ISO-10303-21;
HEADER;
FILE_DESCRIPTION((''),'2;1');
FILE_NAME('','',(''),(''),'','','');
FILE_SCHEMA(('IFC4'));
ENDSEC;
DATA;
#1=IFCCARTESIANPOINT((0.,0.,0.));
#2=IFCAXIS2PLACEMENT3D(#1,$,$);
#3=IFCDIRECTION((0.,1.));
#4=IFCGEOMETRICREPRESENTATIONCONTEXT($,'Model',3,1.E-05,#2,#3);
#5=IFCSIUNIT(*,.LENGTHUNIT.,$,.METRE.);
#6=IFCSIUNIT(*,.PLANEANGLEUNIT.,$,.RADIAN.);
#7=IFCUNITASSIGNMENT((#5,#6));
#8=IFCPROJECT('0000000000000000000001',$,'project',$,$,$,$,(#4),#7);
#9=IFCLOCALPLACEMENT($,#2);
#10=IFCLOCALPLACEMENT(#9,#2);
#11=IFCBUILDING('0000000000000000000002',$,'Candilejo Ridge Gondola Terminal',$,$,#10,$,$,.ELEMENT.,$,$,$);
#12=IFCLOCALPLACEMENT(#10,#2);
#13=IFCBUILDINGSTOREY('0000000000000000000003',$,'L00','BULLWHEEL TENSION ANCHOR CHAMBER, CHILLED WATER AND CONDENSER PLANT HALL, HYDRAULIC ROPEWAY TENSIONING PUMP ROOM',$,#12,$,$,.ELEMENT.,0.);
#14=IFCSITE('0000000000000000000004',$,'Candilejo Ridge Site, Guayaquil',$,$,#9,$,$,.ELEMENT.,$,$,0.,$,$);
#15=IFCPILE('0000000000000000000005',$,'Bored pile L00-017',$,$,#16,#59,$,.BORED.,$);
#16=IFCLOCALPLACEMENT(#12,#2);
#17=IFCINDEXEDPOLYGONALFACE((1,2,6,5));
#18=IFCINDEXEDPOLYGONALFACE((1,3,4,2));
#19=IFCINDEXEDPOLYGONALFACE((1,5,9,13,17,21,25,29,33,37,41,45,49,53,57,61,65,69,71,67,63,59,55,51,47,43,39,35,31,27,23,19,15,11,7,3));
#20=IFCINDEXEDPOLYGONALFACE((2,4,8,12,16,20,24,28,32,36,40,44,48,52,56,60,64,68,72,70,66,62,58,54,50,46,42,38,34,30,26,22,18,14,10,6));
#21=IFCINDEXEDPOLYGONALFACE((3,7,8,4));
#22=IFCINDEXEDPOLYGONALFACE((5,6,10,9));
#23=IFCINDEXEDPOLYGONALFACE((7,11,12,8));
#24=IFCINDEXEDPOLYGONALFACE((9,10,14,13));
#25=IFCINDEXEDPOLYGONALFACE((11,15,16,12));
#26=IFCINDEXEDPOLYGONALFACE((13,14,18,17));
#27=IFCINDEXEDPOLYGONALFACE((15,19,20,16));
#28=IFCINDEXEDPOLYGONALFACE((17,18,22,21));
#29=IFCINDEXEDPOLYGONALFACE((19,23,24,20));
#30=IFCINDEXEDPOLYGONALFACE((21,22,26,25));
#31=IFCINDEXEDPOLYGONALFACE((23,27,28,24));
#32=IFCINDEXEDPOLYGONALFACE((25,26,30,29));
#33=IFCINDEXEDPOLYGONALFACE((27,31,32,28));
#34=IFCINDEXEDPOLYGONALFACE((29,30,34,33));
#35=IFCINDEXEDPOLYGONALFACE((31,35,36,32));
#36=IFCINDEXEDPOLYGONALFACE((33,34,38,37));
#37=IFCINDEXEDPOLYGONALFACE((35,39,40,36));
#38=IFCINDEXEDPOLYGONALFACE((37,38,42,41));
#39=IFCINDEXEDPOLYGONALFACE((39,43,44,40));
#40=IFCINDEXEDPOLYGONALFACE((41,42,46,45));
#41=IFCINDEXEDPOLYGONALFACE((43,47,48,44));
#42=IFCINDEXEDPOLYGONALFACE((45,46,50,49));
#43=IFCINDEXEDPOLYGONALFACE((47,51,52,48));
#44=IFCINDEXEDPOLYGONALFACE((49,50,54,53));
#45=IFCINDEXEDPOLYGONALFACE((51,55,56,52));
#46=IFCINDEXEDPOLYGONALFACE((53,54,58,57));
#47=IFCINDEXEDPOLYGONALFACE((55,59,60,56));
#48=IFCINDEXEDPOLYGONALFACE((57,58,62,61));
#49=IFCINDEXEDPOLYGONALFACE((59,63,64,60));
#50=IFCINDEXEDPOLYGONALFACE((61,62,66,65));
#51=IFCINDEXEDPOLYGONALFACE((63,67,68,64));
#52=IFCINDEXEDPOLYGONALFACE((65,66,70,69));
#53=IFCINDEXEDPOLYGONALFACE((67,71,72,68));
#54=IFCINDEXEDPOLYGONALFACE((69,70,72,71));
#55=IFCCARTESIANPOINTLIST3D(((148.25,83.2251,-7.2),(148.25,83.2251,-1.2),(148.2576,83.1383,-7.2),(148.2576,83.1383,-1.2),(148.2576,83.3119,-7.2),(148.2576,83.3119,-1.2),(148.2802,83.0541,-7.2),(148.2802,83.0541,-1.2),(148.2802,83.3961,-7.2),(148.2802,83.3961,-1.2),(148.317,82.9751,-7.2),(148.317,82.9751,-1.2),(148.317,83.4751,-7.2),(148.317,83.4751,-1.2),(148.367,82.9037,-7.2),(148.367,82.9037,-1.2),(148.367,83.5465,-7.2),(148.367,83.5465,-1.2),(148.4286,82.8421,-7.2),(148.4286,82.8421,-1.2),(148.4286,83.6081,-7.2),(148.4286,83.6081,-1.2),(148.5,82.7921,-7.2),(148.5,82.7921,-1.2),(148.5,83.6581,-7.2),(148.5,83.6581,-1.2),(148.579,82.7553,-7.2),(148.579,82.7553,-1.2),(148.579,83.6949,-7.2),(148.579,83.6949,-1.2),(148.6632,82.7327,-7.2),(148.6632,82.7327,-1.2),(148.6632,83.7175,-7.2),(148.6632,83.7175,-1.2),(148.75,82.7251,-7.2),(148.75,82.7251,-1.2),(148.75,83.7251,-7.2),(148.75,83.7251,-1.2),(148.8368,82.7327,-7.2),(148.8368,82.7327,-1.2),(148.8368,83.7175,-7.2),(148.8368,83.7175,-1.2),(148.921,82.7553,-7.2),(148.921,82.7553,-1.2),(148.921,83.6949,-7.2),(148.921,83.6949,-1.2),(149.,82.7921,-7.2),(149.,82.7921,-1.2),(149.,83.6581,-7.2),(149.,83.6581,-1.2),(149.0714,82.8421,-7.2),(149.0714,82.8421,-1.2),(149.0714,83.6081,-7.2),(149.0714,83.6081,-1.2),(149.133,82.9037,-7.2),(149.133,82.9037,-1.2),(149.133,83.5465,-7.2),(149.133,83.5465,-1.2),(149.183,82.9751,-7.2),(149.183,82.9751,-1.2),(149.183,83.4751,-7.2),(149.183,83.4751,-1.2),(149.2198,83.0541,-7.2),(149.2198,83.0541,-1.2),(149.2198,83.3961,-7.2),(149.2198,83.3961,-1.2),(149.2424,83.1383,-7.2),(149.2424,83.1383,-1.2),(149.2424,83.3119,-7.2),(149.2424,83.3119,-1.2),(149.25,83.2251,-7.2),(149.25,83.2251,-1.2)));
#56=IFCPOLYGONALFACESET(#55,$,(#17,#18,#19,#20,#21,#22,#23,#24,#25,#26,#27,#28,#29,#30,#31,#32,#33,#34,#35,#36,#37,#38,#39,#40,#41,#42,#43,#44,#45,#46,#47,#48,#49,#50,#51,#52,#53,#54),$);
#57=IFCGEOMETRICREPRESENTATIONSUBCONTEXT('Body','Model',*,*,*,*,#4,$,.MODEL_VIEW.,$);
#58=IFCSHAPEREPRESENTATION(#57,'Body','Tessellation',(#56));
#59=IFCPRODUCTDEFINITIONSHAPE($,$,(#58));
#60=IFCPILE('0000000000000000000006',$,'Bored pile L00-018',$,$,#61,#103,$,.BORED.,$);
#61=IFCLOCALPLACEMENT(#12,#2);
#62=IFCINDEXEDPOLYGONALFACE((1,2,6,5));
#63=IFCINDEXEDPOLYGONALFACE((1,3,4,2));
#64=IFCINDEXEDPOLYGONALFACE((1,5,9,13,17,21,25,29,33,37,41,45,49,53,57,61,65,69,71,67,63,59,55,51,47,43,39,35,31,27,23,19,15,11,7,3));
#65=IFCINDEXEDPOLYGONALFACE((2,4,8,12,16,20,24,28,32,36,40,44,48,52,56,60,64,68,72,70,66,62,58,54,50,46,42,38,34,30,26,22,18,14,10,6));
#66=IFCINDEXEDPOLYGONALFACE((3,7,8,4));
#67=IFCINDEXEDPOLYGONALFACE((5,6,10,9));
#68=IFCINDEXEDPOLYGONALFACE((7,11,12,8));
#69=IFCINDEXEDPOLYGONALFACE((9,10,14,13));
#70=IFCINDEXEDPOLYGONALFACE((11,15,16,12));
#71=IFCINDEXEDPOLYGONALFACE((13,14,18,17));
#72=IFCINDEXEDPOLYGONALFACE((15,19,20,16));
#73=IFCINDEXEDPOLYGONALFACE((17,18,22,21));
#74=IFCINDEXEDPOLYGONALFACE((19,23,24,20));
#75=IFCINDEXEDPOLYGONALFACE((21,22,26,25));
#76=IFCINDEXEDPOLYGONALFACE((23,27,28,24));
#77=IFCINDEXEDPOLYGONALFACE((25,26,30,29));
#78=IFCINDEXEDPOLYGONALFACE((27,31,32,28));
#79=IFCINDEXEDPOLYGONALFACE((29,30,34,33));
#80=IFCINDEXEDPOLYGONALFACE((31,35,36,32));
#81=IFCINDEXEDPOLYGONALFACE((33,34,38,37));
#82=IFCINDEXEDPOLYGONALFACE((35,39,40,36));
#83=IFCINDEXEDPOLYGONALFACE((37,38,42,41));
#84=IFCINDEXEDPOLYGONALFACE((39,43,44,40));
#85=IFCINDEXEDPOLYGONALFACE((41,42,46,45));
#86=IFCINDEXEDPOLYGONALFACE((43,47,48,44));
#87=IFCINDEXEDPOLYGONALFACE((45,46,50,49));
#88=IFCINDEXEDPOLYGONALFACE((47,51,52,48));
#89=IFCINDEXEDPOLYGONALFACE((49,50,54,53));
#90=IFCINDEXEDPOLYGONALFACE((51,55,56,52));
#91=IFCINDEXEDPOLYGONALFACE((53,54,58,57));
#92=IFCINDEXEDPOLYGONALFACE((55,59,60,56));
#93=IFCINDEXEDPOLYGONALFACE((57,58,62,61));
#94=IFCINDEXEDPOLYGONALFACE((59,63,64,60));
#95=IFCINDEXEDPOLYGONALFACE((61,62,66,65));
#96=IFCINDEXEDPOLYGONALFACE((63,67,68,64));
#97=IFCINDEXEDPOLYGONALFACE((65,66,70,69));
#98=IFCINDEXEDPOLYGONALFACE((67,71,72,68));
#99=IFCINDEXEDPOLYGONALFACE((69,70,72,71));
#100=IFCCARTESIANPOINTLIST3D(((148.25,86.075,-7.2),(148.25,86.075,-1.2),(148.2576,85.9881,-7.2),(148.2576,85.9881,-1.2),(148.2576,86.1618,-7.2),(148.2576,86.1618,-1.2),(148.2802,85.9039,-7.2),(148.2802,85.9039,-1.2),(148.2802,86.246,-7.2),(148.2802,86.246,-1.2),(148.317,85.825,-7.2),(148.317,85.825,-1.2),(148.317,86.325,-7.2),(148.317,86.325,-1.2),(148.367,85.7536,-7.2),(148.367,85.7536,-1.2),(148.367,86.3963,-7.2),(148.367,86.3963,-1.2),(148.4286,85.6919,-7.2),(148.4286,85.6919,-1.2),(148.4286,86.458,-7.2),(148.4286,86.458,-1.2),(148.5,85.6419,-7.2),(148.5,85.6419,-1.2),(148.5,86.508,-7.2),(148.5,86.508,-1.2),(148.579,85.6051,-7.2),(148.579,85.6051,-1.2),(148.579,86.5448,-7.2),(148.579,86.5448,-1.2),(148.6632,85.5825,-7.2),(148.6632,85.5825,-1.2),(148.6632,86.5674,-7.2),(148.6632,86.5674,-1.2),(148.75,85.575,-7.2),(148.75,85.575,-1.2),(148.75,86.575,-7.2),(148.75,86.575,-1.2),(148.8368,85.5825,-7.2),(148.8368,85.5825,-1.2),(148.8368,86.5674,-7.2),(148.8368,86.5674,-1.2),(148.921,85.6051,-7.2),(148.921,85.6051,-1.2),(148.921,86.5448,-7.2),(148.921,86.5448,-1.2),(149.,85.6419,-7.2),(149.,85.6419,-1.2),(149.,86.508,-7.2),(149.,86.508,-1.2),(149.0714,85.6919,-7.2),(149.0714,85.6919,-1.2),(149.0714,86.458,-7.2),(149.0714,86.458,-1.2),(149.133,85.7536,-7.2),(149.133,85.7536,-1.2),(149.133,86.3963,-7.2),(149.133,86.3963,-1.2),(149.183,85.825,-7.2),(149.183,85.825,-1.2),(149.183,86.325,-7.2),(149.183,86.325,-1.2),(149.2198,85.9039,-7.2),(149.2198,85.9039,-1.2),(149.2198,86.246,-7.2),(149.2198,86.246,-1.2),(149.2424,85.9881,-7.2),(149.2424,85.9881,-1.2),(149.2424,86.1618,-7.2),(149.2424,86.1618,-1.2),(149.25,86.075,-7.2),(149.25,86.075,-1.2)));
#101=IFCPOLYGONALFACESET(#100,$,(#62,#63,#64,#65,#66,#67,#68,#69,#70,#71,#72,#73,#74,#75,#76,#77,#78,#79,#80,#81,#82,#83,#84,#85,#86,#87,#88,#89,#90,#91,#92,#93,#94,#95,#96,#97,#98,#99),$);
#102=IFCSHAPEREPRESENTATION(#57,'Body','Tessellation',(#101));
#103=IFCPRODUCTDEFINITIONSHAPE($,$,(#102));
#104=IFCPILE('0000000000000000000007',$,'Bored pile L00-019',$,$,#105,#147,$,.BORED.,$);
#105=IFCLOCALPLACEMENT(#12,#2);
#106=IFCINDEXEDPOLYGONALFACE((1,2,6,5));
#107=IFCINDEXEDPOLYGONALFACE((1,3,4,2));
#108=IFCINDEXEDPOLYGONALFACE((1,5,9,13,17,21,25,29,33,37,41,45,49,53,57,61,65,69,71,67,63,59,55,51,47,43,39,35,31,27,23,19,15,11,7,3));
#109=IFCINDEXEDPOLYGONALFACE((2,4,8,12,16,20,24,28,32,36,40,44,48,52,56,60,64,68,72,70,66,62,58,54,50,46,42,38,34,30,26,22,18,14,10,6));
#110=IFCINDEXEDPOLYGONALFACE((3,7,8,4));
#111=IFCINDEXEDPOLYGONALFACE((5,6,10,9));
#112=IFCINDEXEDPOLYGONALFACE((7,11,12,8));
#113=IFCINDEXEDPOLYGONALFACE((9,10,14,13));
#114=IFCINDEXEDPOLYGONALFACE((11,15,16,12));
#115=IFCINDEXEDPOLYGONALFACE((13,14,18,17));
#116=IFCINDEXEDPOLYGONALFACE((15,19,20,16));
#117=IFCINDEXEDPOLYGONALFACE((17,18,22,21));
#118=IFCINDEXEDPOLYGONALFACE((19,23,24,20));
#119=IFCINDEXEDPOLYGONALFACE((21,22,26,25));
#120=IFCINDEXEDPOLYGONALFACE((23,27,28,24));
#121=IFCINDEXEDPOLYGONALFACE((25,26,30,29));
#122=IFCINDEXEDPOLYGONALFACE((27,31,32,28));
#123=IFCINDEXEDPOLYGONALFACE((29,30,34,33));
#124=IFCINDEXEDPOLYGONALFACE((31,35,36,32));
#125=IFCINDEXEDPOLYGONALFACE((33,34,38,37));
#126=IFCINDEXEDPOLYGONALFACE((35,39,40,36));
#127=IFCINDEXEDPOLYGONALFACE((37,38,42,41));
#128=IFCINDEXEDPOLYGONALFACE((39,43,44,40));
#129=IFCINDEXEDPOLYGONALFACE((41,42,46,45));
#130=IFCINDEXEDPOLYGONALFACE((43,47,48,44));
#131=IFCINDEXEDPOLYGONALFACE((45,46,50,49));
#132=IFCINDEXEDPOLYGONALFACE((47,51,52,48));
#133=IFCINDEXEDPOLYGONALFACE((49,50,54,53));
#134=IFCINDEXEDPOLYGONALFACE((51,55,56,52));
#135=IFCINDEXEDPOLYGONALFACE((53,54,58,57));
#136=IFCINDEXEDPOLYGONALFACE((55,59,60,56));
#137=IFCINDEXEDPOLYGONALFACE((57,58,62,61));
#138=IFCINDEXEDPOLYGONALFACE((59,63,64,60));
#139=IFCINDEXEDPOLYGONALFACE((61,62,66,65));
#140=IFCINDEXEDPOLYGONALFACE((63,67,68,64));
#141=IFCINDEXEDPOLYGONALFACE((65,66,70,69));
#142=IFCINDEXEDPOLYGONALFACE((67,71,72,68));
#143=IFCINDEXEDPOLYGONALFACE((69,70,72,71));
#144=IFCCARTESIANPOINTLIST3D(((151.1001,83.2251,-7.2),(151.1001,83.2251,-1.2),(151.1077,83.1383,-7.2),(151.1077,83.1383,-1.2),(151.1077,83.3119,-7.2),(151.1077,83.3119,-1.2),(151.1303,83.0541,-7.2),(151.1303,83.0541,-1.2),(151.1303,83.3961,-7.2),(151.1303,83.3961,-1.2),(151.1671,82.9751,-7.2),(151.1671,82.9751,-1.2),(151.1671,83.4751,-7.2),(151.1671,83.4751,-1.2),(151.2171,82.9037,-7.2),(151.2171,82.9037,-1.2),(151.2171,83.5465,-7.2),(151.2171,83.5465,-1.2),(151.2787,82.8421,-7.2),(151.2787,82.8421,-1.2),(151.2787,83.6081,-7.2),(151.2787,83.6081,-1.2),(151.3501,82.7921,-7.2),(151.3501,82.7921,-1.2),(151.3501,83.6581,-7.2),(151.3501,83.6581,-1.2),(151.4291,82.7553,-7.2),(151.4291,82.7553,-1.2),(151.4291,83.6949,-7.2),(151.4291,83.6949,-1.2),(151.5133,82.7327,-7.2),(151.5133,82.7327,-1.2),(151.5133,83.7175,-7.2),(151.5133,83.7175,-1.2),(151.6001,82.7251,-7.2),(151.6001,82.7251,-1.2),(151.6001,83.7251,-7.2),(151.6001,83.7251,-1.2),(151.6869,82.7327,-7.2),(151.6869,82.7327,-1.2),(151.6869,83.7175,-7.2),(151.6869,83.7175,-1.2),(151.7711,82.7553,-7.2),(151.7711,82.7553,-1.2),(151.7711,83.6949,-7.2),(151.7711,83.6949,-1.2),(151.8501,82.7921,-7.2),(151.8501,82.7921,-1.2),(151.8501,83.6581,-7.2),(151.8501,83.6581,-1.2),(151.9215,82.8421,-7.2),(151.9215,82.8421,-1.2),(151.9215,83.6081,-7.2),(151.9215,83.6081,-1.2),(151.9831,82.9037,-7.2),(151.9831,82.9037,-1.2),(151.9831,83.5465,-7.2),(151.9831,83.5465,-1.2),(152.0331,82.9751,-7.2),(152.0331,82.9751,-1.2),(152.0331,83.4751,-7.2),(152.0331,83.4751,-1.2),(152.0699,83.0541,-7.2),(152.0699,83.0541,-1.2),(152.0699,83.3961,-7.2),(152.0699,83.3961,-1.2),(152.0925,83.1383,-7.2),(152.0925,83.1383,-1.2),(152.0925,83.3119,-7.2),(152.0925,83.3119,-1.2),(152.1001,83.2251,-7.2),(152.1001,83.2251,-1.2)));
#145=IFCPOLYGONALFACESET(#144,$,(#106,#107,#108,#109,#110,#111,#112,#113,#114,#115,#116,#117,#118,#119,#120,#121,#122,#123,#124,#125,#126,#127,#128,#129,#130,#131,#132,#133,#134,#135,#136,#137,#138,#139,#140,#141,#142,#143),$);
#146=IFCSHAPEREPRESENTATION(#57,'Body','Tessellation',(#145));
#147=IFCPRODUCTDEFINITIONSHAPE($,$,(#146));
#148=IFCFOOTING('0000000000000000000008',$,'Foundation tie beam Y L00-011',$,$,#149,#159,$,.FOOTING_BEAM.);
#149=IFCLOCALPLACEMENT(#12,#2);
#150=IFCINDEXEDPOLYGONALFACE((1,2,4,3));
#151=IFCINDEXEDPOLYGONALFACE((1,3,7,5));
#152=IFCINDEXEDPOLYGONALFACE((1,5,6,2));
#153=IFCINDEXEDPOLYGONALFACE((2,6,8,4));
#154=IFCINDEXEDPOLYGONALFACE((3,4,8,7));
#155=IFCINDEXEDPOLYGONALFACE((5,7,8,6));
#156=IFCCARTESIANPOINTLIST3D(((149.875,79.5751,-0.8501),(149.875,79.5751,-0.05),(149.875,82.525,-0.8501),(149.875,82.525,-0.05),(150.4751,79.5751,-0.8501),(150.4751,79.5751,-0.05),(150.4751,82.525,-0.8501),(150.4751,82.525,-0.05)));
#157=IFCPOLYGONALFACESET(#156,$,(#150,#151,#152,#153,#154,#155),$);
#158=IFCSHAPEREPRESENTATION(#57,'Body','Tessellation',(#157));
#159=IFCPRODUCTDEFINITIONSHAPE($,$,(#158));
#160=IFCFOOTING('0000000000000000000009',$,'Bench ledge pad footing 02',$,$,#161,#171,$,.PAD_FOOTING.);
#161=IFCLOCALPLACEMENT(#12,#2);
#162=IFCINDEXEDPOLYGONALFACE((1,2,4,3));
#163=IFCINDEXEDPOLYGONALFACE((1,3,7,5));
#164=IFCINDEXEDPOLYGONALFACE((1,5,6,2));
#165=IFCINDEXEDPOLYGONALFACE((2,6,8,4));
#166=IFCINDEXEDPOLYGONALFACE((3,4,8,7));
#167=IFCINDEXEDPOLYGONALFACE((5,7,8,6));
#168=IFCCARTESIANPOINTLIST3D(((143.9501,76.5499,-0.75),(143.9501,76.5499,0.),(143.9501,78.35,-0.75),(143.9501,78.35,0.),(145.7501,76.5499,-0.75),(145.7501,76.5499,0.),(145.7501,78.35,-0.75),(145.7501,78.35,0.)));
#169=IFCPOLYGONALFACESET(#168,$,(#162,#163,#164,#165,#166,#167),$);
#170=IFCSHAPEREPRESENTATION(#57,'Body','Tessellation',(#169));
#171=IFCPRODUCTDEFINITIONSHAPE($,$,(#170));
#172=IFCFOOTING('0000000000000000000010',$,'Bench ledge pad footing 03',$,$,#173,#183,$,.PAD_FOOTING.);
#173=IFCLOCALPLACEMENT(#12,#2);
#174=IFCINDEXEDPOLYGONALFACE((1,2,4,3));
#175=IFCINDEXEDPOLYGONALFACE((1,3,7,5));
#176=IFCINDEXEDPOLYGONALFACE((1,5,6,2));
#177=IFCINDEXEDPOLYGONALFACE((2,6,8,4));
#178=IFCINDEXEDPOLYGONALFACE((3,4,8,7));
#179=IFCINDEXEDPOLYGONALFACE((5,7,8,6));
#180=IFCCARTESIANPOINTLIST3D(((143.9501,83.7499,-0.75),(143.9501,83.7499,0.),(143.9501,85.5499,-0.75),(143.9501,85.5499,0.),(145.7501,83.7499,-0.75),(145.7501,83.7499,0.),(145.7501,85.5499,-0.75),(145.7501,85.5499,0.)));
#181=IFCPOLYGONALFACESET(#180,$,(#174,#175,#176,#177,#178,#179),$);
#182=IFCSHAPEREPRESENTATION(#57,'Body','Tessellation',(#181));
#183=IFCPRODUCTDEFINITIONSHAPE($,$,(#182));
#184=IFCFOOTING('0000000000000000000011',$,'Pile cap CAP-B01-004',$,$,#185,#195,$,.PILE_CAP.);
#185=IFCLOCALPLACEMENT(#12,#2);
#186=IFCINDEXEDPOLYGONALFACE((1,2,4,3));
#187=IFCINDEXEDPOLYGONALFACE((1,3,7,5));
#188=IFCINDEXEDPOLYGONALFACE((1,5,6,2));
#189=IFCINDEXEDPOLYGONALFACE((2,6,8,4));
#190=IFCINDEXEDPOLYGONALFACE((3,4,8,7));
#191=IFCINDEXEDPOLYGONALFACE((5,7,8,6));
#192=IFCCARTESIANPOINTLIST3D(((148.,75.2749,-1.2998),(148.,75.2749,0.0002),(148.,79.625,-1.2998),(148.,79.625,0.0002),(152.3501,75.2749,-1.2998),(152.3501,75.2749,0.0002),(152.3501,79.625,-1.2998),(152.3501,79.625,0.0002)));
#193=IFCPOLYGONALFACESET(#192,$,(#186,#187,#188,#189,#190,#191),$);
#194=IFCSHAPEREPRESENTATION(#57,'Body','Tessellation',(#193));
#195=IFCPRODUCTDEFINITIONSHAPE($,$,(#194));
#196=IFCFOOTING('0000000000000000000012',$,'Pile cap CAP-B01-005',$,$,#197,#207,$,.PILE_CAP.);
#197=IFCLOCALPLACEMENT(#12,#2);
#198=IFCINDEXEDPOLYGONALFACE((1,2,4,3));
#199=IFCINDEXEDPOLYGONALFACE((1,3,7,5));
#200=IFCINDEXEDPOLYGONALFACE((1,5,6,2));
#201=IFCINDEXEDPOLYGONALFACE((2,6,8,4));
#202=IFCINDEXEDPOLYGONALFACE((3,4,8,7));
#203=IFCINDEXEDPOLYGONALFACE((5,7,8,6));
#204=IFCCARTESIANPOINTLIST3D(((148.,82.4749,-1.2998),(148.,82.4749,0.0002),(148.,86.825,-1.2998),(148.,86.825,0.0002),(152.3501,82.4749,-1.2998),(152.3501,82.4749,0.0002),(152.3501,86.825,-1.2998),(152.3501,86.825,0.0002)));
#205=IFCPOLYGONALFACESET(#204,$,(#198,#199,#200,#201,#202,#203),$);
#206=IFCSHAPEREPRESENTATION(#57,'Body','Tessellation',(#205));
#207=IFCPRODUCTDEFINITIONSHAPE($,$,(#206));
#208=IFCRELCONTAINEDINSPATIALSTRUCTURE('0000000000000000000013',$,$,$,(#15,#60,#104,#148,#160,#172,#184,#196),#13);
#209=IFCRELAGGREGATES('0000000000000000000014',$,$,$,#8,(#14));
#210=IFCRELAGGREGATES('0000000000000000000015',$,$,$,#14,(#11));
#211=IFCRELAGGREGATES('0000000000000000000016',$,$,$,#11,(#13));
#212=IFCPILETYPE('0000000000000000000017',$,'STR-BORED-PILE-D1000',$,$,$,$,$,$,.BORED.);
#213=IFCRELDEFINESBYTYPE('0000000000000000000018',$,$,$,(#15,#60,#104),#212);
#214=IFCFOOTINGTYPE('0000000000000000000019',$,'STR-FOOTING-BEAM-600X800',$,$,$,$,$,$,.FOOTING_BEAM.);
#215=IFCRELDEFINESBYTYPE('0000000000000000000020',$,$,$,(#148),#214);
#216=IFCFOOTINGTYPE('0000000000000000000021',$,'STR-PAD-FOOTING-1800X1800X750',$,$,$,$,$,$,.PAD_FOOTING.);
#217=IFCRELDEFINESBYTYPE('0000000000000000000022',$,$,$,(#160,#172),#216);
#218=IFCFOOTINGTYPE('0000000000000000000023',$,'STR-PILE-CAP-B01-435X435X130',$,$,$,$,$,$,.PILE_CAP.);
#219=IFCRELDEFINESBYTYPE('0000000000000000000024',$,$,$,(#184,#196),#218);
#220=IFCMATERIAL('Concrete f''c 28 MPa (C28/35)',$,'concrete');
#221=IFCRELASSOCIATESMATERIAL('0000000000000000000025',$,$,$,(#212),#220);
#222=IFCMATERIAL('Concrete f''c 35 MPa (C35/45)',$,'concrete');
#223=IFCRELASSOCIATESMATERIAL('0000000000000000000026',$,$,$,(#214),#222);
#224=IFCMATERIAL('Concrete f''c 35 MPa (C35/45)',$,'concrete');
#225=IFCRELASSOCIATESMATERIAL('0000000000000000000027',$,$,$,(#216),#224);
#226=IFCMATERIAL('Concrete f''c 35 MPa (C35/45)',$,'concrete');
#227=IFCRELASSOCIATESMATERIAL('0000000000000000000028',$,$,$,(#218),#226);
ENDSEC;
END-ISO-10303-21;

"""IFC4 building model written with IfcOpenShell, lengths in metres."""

from ifc_helpers import new_model, si_unit, direction, frame, origin, origin_2d, place, context, subcontext, project, spatial, rectangle, circle, extrude, material, material_profile, profile_set, type_object, element, save


model = new_model("IFC4")

# Units and contexts
model_context = context("Model", 3, precision=1e-05, world=origin(), true_north=direction((0.0, 1.0)))
body_context = subcontext(model_context, "Body", "Model", "MODEL_VIEW")
ifc_project = project(units=[si_unit("LENGTHUNIT", "METRE"), si_unit("PLANEANGLEUNIT", "RADIAN")], contexts=[model_context])

# Site, building, storey
site_placement = place(None, origin())
site = spatial("IfcSite", under=ifc_project, at=site_placement, Name="Candilejo Ridge Site, Guayaquil", CompositionType="ELEMENT", RefElevation=0.0)
building_placement = place(site_placement, origin())
building = spatial("IfcBuilding", under=site, at=building_placement, Name="Candilejo Ridge Gondola Terminal", CompositionType="ELEMENT")
storey_placement = place(building_placement, origin())
storey = spatial("IfcBuildingStorey", under=building, at=storey_placement, Name="L00", Description="BULLWHEEL TENSION ANCHOR CHAMBER, CHILLED WATER AND CONDENSER PLANT HALL, HYDRAULIC ROPEWAY TENSIONING PUMP ROOM", CompositionType="ELEMENT", Elevation=0.0)

# Piles
ifc_material_1 = material(Name="Concrete f'c 28 MPa (C28/35)", Category="concrete")
ifc_material_profile_1 = material_profile(ifc_material_1, circle(Radius=0.5, at=origin_2d()))
ifc_profile_set_1 = profile_set([ifc_material_profile_1], Name="Concrete f'c 28 MPa (C28/35)")
pile_type = type_object("IfcPileType", Name="STR-BORED-PILE-D1000", PredefinedType="BORED", material=ifc_profile_set_1)
for number, where, z_axis, x_axis, name in (
    (1, (148.75, 83.2251, -1.2), (0.0, 0.0, -1.0), (1.0, 0.0, 0.0), "Bored pile L00-017"),
    (2, (148.75, 86.075, -1.2), (0.0, 0.0, -1.0), (1.0, 0.0, 0.0), "Bored pile L00-018"),
    (3, (151.6001, 83.2251, -1.2), (0.0, 0.0, -1.0), (1.0, 0.0, 0.0), "Bored pile L00-019"),
):
    element("IfcPile", number, at=place(storey_placement, frame(where, z_axis=z_axis, x_axis=x_axis)), inside=storey, type_object=pile_type, Name=name, PredefinedType="BORED", context=body_context, shape_type="SweptSolid", body=[
        extrude(circle(Radius=0.5, at=origin_2d()), origin(), (0.0, 0.0, 1.0), 6.0),
    ])

# Footings
ifc_material_2 = material(Name="Concrete f'c 35 MPa (C35/45)", Category="concrete")
footing_type_1 = type_object("IfcFootingType", Name="STR-FOOTING-BEAM-600X800", PredefinedType="FOOTING_BEAM", material=ifc_material_2)
footing_placement = place(storey_placement, frame((150.175, 81.05, -0.8501), z_axis=(0.0, 0.0, 1.0), x_axis=(1.0, 0.0, 0.0)))
element("IfcFooting", 4, at=footing_placement, inside=storey, type_object=footing_type_1, Name="Foundation tie beam Y L00-011", PredefinedType="FOOTING_BEAM", context=body_context, shape_type="SweptSolid", body=[
    extrude(rectangle(XDim=0.6001, YDim=2.95, at=origin_2d()), origin(), (0.0, 0.0, 1.0), 0.8),
])
ifc_material_3 = material(Name="Concrete f'c 35 MPa (C35/45)", Category="concrete")
footing_type_2 = type_object("IfcFootingType", Name="STR-PAD-FOOTING-1800X1800X750", PredefinedType="PAD_FOOTING", material=ifc_material_3)
for number, where, z_axis, x_axis, name in (
    (5, (144.8501, 77.45, -0.75), (0.0, 0.0, 1.0), (1.0, 0.0, 0.0), "Bench ledge pad footing 02"),
    (6, (144.8501, 84.6499, -0.75), (0.0, 0.0, 1.0), (1.0, 0.0, 0.0), "Bench ledge pad footing 03"),
):
    element("IfcFooting", number, at=place(storey_placement, frame(where, z_axis=z_axis, x_axis=x_axis)), inside=storey, type_object=footing_type_2, Name=name, PredefinedType="PAD_FOOTING", context=body_context, shape_type="SweptSolid", body=[
        extrude(rectangle(XDim=1.8, YDim=1.8, at=origin_2d()), origin(), (0.0, 0.0, 1.0), 0.75),
    ])
ifc_material_4 = material(Name="Concrete f'c 35 MPa (C35/45)", Category="concrete")
footing_type_3 = type_object("IfcFootingType", Name="STR-PILE-CAP-B01-435X435X130", PredefinedType="PILE_CAP", material=ifc_material_4)
for number, where, z_axis, x_axis, name in (
    (7, (150.175, 77.45, -1.2998), (0.0, 0.0, 1.0), (1.0, 0.0, 0.0), "Pile cap CAP-B01-004"),
    (8, (150.175, 84.6499, -1.2998), (0.0, 0.0, 1.0), (1.0, 0.0, 0.0), "Pile cap CAP-B01-005"),
):
    element("IfcFooting", number, at=place(storey_placement, frame(where, z_axis=z_axis, x_axis=x_axis)), inside=storey, type_object=footing_type_3, Name=name, PredefinedType="PILE_CAP", context=body_context, shape_type="SweptSolid", body=[
        extrude(rectangle(XDim=4.3501, YDim=4.3501, at=origin_2d()), origin(), (0.0, 0.0, 1.0), 1.3),
    ])

save(model, "model.ifc")
